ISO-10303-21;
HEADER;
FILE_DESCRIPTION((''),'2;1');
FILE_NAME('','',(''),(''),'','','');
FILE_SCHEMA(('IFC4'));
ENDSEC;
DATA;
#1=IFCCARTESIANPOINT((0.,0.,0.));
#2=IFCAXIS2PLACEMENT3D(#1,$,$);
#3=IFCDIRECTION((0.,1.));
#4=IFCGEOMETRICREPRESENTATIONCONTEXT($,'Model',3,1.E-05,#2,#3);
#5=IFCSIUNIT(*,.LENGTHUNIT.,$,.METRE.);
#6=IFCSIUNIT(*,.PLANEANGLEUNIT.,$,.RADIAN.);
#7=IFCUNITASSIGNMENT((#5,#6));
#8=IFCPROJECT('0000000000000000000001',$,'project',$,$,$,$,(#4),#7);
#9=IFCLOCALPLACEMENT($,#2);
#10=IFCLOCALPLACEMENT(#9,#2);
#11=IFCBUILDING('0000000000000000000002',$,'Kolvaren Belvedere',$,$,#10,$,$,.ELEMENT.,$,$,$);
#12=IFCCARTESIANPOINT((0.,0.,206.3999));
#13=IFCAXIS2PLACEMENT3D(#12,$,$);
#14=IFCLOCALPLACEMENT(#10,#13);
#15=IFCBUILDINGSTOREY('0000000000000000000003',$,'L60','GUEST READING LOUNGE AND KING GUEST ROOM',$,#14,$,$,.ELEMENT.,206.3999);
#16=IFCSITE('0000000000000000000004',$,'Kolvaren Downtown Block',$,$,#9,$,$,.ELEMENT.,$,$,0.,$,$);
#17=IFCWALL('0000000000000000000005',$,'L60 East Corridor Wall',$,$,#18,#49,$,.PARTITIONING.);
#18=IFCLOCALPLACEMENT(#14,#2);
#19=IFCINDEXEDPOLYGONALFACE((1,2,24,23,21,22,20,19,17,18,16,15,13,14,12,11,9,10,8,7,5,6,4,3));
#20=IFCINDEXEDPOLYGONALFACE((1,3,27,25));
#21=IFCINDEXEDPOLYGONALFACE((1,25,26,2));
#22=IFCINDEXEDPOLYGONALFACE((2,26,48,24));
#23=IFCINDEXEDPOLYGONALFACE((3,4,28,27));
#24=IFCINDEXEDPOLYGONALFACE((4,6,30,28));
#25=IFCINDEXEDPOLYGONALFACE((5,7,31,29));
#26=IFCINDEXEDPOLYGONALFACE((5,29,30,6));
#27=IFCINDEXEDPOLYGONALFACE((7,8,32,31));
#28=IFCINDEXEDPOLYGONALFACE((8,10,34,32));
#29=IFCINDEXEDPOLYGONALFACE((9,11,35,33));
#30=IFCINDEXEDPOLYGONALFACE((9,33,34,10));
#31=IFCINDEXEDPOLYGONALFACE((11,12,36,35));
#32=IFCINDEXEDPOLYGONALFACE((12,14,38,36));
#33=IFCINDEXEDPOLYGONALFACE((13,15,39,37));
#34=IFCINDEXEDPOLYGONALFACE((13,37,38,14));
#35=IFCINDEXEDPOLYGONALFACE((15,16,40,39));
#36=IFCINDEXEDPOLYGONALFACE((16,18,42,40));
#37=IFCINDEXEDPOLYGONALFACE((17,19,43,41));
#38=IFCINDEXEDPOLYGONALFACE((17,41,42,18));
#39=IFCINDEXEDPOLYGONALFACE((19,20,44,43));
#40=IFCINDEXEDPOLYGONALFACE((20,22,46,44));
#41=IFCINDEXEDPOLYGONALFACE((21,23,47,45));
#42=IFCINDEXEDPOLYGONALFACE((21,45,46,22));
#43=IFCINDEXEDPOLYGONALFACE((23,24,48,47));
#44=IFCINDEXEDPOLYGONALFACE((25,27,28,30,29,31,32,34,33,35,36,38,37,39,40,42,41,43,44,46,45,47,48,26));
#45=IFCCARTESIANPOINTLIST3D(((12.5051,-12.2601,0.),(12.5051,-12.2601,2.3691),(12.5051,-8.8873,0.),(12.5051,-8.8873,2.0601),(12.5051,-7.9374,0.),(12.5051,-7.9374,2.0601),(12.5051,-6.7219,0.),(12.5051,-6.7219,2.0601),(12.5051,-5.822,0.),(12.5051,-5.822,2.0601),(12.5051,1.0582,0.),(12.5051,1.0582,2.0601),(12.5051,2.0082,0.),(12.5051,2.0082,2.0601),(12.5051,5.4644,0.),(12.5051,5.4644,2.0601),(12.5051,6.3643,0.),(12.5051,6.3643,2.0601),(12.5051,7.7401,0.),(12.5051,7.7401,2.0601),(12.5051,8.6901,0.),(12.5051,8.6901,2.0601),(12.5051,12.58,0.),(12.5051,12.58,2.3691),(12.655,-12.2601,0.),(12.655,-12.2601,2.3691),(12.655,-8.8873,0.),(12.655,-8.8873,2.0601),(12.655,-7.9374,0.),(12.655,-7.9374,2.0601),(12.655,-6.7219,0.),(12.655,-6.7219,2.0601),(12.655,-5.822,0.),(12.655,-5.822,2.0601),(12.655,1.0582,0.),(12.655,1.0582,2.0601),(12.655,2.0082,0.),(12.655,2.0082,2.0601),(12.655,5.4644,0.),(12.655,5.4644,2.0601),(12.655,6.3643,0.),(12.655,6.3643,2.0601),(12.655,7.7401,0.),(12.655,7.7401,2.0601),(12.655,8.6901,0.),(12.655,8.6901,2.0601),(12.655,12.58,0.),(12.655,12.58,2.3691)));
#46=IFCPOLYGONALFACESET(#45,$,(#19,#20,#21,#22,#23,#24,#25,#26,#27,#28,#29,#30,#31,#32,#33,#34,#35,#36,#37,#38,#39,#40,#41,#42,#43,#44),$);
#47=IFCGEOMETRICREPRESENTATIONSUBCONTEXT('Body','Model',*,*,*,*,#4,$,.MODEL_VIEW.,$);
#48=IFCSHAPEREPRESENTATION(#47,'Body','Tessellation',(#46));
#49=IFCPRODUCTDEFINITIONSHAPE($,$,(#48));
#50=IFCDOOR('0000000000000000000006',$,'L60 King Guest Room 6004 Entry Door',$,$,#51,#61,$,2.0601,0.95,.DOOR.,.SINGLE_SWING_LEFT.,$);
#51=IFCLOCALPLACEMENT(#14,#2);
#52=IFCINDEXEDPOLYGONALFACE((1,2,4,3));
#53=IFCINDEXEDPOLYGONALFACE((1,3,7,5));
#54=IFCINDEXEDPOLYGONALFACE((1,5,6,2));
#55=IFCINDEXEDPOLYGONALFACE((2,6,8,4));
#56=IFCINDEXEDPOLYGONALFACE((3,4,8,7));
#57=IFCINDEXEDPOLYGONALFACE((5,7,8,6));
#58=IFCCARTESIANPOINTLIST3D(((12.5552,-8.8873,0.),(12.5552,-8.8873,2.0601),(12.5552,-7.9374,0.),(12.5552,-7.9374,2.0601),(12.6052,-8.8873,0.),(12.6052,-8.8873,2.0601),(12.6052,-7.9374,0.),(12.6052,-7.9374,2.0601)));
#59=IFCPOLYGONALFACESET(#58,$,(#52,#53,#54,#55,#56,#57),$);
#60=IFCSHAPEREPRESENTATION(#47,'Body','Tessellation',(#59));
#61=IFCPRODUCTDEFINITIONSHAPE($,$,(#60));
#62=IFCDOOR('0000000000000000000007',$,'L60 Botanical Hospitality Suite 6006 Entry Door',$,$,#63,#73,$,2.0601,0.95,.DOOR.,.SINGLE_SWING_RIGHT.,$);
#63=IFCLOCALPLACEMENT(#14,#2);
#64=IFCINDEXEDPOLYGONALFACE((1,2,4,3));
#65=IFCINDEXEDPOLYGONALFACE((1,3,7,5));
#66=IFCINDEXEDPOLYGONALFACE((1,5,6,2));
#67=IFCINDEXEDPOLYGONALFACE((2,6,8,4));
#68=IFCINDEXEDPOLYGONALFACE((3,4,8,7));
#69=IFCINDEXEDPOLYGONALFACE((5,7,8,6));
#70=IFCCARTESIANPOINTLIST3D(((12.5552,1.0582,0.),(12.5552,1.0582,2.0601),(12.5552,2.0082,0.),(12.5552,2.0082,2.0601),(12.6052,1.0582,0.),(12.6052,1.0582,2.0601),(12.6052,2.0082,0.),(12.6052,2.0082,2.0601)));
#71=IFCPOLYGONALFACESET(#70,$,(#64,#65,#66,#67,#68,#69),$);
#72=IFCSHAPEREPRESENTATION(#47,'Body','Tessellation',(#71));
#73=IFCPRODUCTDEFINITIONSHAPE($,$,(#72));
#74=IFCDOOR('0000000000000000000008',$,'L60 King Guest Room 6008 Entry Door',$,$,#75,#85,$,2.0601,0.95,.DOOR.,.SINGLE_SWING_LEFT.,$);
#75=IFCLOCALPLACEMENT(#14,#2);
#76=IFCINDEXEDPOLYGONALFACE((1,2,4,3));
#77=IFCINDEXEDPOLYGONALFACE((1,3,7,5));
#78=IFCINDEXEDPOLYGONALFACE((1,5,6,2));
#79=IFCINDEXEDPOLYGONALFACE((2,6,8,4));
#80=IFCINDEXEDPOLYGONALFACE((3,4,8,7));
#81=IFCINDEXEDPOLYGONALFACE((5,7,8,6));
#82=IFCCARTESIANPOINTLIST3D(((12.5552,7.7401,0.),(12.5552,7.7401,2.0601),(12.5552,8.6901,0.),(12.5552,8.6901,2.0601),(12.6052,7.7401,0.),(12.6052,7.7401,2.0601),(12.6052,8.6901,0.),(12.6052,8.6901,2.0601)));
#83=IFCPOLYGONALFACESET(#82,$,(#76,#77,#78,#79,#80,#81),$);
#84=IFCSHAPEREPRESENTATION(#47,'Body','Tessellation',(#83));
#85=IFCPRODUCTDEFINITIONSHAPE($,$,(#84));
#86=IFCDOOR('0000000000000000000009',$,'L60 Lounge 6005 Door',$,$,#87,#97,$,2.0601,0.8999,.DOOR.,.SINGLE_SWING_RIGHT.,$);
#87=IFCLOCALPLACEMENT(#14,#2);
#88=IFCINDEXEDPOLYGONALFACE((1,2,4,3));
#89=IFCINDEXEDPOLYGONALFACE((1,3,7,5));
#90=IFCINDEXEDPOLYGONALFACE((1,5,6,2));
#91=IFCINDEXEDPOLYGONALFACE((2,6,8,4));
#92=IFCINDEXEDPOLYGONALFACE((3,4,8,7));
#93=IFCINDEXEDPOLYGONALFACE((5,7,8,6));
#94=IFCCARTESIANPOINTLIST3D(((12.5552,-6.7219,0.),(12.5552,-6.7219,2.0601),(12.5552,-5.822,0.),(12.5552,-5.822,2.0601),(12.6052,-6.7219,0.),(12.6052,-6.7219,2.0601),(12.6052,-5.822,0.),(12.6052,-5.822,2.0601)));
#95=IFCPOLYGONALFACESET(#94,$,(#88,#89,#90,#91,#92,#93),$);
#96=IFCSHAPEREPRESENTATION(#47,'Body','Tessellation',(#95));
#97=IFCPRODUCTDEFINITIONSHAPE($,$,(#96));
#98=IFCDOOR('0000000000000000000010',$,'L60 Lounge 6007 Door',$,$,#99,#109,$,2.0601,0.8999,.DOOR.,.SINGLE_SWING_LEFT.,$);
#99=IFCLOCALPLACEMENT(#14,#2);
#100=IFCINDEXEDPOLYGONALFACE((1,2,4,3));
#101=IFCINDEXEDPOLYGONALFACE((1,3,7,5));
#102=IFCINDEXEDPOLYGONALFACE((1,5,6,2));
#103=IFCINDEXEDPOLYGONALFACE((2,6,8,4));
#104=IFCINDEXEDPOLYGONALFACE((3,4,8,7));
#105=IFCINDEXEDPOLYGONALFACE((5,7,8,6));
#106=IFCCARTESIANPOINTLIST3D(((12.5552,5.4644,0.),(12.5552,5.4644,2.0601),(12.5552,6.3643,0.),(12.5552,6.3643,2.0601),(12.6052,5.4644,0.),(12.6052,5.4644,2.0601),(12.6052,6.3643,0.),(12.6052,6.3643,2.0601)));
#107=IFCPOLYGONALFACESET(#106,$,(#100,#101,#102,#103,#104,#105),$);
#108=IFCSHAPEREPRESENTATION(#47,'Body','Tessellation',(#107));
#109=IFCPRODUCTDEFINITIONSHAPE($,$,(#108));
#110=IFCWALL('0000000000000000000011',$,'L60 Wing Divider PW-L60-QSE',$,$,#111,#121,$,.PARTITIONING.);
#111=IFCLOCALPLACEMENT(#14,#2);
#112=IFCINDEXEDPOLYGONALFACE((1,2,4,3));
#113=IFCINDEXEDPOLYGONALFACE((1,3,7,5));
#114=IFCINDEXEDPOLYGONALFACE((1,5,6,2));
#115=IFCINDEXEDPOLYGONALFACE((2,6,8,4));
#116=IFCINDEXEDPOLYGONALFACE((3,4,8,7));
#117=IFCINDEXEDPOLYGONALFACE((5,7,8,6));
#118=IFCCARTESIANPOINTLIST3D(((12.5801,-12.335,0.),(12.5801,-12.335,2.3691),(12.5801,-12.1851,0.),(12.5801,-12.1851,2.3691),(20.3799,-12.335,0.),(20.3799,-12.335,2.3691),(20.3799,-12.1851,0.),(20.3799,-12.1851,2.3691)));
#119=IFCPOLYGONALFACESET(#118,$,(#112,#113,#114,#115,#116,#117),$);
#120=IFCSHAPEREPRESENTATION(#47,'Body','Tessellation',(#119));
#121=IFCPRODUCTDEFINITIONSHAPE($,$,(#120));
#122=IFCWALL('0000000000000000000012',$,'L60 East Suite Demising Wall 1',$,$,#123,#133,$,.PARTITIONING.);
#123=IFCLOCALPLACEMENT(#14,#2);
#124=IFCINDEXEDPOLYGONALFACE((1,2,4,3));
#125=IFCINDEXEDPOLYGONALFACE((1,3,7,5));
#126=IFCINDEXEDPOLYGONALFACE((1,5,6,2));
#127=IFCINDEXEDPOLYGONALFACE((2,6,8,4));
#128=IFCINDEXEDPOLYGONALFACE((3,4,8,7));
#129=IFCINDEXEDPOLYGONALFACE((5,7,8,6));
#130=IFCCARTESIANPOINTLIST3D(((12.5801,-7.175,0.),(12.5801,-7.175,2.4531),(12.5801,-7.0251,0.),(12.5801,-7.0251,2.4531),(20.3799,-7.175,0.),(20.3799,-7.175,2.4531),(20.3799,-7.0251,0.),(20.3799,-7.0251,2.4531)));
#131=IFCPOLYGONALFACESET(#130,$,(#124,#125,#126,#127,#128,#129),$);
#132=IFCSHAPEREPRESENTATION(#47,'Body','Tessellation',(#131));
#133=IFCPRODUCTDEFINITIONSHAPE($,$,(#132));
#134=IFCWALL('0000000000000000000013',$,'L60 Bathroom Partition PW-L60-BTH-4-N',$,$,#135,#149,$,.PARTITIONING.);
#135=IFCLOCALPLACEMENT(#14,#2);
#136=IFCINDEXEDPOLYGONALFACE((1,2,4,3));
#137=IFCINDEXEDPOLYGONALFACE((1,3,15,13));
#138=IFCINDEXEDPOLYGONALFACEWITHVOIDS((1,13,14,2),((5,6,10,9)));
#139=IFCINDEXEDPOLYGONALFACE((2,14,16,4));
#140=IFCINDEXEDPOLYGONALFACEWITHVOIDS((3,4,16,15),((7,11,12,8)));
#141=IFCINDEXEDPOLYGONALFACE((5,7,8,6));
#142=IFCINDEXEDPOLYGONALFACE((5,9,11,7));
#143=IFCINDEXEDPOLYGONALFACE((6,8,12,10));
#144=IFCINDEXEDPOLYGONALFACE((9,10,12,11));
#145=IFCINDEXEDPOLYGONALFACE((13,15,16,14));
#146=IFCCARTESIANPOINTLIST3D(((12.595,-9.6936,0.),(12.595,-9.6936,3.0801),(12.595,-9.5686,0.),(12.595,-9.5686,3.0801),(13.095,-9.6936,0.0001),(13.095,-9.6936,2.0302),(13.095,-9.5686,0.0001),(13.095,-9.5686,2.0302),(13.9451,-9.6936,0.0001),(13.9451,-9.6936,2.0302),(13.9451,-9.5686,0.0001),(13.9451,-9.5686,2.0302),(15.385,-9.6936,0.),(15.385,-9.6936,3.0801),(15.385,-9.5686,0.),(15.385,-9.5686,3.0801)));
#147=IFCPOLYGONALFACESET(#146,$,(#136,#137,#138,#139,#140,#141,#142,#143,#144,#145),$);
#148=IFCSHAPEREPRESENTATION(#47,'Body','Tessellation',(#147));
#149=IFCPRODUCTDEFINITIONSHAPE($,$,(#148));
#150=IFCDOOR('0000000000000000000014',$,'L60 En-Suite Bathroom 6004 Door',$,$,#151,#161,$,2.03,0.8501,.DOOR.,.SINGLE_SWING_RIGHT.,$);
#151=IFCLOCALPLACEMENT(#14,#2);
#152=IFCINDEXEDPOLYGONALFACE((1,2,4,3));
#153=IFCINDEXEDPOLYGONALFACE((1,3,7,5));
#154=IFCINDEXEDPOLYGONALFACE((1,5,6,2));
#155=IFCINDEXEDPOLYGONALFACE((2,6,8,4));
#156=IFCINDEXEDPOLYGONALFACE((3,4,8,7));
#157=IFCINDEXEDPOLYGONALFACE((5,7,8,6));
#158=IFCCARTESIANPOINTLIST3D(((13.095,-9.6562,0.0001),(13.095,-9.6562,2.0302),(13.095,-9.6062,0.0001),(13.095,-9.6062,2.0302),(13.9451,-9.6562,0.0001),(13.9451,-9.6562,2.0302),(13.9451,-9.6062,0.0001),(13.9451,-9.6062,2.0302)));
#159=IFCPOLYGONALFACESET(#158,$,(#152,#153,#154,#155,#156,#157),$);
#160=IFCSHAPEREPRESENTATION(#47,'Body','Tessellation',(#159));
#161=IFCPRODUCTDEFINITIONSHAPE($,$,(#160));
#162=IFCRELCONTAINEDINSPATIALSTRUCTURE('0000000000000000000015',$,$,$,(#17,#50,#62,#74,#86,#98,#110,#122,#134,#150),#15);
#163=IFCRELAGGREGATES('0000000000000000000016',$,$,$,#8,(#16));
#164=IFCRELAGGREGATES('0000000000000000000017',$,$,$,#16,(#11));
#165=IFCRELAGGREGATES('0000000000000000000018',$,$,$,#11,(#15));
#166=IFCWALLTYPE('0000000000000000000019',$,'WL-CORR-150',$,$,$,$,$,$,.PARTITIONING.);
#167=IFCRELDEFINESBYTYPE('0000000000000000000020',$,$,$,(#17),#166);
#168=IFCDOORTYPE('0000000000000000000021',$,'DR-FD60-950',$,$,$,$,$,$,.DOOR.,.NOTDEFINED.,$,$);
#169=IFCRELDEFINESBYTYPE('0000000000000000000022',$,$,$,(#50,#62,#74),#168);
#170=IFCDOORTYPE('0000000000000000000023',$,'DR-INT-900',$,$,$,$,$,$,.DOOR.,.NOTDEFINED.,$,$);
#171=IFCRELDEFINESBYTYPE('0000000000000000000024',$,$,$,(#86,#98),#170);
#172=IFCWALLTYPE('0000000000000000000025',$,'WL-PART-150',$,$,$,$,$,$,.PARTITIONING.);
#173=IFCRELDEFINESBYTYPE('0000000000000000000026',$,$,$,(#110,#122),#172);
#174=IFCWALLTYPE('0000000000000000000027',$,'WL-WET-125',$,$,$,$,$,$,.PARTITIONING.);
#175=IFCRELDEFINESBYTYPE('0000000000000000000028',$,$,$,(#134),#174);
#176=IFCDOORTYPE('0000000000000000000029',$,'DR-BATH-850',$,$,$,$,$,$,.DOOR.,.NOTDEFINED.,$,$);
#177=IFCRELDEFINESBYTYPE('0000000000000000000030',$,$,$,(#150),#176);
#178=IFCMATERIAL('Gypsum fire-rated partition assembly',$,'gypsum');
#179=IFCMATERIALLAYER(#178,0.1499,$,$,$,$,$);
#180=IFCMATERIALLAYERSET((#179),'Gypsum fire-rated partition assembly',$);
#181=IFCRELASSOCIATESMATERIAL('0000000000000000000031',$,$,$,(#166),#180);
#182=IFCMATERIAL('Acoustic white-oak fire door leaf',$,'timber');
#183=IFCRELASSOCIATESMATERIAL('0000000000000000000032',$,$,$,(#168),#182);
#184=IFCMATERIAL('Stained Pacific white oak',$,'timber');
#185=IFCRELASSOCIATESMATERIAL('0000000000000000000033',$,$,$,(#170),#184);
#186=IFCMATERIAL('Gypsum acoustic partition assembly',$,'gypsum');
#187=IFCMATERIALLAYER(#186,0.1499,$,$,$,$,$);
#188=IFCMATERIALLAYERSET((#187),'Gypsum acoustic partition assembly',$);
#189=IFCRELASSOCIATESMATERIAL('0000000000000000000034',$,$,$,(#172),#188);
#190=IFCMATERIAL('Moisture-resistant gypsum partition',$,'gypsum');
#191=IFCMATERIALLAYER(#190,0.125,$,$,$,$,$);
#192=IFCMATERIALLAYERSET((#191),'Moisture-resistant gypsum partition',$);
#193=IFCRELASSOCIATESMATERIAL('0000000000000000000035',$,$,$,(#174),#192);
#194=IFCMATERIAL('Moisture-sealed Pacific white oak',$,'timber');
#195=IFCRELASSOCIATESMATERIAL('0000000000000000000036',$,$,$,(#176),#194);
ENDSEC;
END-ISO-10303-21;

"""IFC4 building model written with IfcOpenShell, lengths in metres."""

from ifc_helpers import new_model, si_unit, direction, frame, frame_2d, origin, place, context, subcontext, project, spatial, rectangle, extrude, material, layer, layer_set, type_object, element, fill, save


model = new_model("IFC4")

# Units and contexts
model_context = context("Model", 3, precision=1e-05, world=origin(), true_north=direction((0.0, 1.0)))
body_context = subcontext(model_context, "Body", "Model", "MODEL_VIEW")
ifc_project = project(units=[si_unit("LENGTHUNIT", "METRE"), si_unit("PLANEANGLEUNIT", "RADIAN")], contexts=[model_context])

# Site, building, storey
site_placement = place(None, origin())
site = spatial("IfcSite", under=ifc_project, at=site_placement, Name="Kolvaren Downtown Block", CompositionType="ELEMENT", RefElevation=0.0)
building_placement = place(site_placement, origin())
building = spatial("IfcBuilding", under=site, at=building_placement, Name="Kolvaren Belvedere", CompositionType="ELEMENT")
storey_placement = place(building_placement, frame((0.0, 0.0, 206.3999)))
storey = spatial("IfcBuildingStorey", under=building, at=storey_placement, Name="L60", Description="GUEST READING LOUNGE AND KING GUEST ROOM", CompositionType="ELEMENT", Elevation=206.3999)

# Wall, openings, doors
ifc_material_1 = material(Name="Gypsum fire-rated partition assembly", Category="gypsum")
ifc_layer_1 = layer(ifc_material_1, 0.1499)
ifc_layer_set_1 = layer_set([ifc_layer_1], Name="Gypsum fire-rated partition assembly")
wall_type_1 = type_object("IfcWallType", Name="WL-CORR-150", PredefinedType="PARTITIONING", material=ifc_layer_set_1)
wall_1_placement = place(storey_placement, frame((12.5801, -12.26, 0.0), z_axis=(0.0, 0.0, 1.0), x_axis=(0.0, 1.0, 0.0)))
wall_1 = element("IfcWall", 1, at=wall_1_placement, inside=storey, type_object=wall_type_1, Name="L60 East Corridor Wall", PredefinedType="PARTITIONING", context=body_context, shape_type="SweptSolid", body=[
    extrude(rectangle(XDim=24.8401, YDim=0.1499, at=frame_2d((12.4199, 0.0))), origin(), (0.0, 0.0, 1.0), 2.3691),
])
opening_1_placement = place(wall_1_placement, frame((3.3726, 0.0, 0.0)))
opening_1 = element("IfcOpeningElement", 2, at=opening_1_placement, cuts=wall_1, PredefinedType="OPENING", context=body_context, shape_type="SweptSolid", body=[
    extrude(rectangle(XDim=0.95, YDim=2.0601, at=frame_2d((0.4751, 1.03))), frame((0.0, 0.085, 0.0), z_axis=(0.0, -1.0, 0.0), x_axis=(1.0, 0.0, 0.0)), (0.0, 0.0, 1.0), 0.1699),
])
opening_2_placement = place(wall_1_placement, frame((5.5381, 0.0, 0.0)))
opening_2 = element("IfcOpeningElement", 3, at=opening_2_placement, cuts=wall_1, PredefinedType="OPENING", context=body_context, shape_type="SweptSolid", body=[
    extrude(rectangle(XDim=0.8999, YDim=2.0601, at=frame_2d((0.45, 1.03))), frame((0.0, 0.085, 0.0), z_axis=(0.0, -1.0, 0.0), x_axis=(1.0, 0.0, 0.0)), (0.0, 0.0, 1.0), 0.1699),
])
opening_3_placement = place(wall_1_placement, frame((13.3181, 0.0, 0.0)))
opening_3 = element("IfcOpeningElement", 4, at=opening_3_placement, cuts=wall_1, PredefinedType="OPENING", context=body_context, shape_type="SweptSolid", body=[
    extrude(rectangle(XDim=0.95, YDim=2.0601, at=frame_2d((0.4751, 1.03))), frame((0.0, 0.085, 0.0), z_axis=(0.0, -1.0, 0.0), x_axis=(1.0, 0.0, 0.0)), (0.0, 0.0, 1.0), 0.1699),
])
opening_4_placement = place(wall_1_placement, frame((17.7244, 0.0, 0.0)))
opening_4 = element("IfcOpeningElement", 5, at=opening_4_placement, cuts=wall_1, PredefinedType="OPENING", context=body_context, shape_type="SweptSolid", body=[
    extrude(rectangle(XDim=0.8999, YDim=2.0601, at=frame_2d((0.45, 1.03))), frame((0.0, 0.085, 0.0), z_axis=(0.0, -1.0, 0.0), x_axis=(1.0, 0.0, 0.0)), (0.0, 0.0, 1.0), 0.1699),
])
opening_5_placement = place(wall_1_placement, frame((20.0, 0.0, 0.0)))
opening_5 = element("IfcOpeningElement", 6, at=opening_5_placement, cuts=wall_1, PredefinedType="OPENING", context=body_context, shape_type="SweptSolid", body=[
    extrude(rectangle(XDim=0.95, YDim=2.0601, at=frame_2d((0.4751, 1.03))), frame((0.0, 0.085, 0.0), z_axis=(0.0, -1.0, 0.0), x_axis=(1.0, 0.0, 0.0)), (0.0, 0.0, 1.0), 0.1699),
])
ifc_material_2 = material(Name="Acoustic white-oak fire door leaf", Category="timber")
door_type_1 = type_object("IfcDoorType", Name="DR-FD60-950", OperationType="NOTDEFINED", PredefinedType="DOOR", material=ifc_material_2)
door_1_placement = place(opening_1_placement, origin())
door_1 = element("IfcDoor", 7, at=door_1_placement, inside=storey, type_object=door_type_1, Name="L60 King Guest Room 6004 Entry Door", OperationType="SINGLE_SWING_LEFT", OverallHeight=2.0601, OverallWidth=0.95, PredefinedType="DOOR", context=body_context, shape_type="SweptSolid", body=[
    extrude(rectangle(XDim=0.95, YDim=2.0601, at=frame_2d((0.4751, 1.03))), frame((0.0, 0.0249, 0.0), z_axis=(0.0, -1.0, 0.0), x_axis=(1.0, 0.0, 0.0)), (0.0, 0.0, 1.0), 0.05),
])
fill(opening_1, door_1)
door_2_placement = place(opening_3_placement, origin())
door_2 = element("IfcDoor", 8, at=door_2_placement, inside=storey, type_object=door_type_1, Name="L60 Botanical Hospitality Suite 6006 Entry Door", OperationType="SINGLE_SWING_RIGHT", OverallHeight=2.0601, OverallWidth=0.95, PredefinedType="DOOR", context=body_context, shape_type="SweptSolid", body=[
    extrude(rectangle(XDim=0.95, YDim=2.0601, at=frame_2d((0.4751, 1.03))), frame((0.0, 0.0249, 0.0), z_axis=(0.0, -1.0, 0.0), x_axis=(1.0, 0.0, 0.0)), (0.0, 0.0, 1.0), 0.05),
])
fill(opening_3, door_2)
door_3_placement = place(opening_5_placement, origin())
door_3 = element("IfcDoor", 9, at=door_3_placement, inside=storey, type_object=door_type_1, Name="L60 King Guest Room 6008 Entry Door", OperationType="SINGLE_SWING_LEFT", OverallHeight=2.0601, OverallWidth=0.95, PredefinedType="DOOR", context=body_context, shape_type="SweptSolid", body=[
    extrude(rectangle(XDim=0.95, YDim=2.0601, at=frame_2d((0.4751, 1.03))), frame((0.0, 0.0249, 0.0), z_axis=(0.0, -1.0, 0.0), x_axis=(1.0, 0.0, 0.0)), (0.0, 0.0, 1.0), 0.05),
])
fill(opening_5, door_3)
ifc_material_3 = material(Name="Stained Pacific white oak", Category="timber")
door_type_2 = type_object("IfcDoorType", Name="DR-INT-900", OperationType="NOTDEFINED", PredefinedType="DOOR", material=ifc_material_3)
door_4_placement = place(opening_2_placement, origin())
door_4 = element("IfcDoor", 10, at=door_4_placement, inside=storey, type_object=door_type_2, Name="L60 Lounge 6005 Door", OperationType="SINGLE_SWING_RIGHT", OverallHeight=2.0601, OverallWidth=0.8999, PredefinedType="DOOR", context=body_context, shape_type="SweptSolid", body=[
    extrude(rectangle(XDim=0.8999, YDim=2.0601, at=frame_2d((0.45, 1.03))), frame((0.0, 0.0249, 0.0), z_axis=(0.0, -1.0, 0.0), x_axis=(1.0, 0.0, 0.0)), (0.0, 0.0, 1.0), 0.05),
])
fill(opening_2, door_4)
door_5_placement = place(opening_4_placement, origin())
door_5 = element("IfcDoor", 11, at=door_5_placement, inside=storey, type_object=door_type_2, Name="L60 Lounge 6007 Door", OperationType="SINGLE_SWING_LEFT", OverallHeight=2.0601, OverallWidth=0.8999, PredefinedType="DOOR", context=body_context, shape_type="SweptSolid", body=[
    extrude(rectangle(XDim=0.8999, YDim=2.0601, at=frame_2d((0.45, 1.03))), frame((0.0, 0.0249, 0.0), z_axis=(0.0, -1.0, 0.0), x_axis=(1.0, 0.0, 0.0)), (0.0, 0.0, 1.0), 0.05),
])
fill(opening_4, door_5)

# Walls
ifc_material_4 = material(Name="Gypsum acoustic partition assembly", Category="gypsum")
ifc_layer_2 = layer(ifc_material_4, 0.1499)
ifc_layer_set_2 = layer_set([ifc_layer_2], Name="Gypsum acoustic partition assembly")
wall_type_2 = type_object("IfcWallType", Name="WL-PART-150", PredefinedType="PARTITIONING", material=ifc_layer_set_2)
wall_2_placement = place(storey_placement, frame((12.5801, -12.26, 0.0), z_axis=(0.0, 0.0, 1.0), x_axis=(1.0, 0.0, 0.0)))
element("IfcWall", 12, at=wall_2_placement, inside=storey, type_object=wall_type_2, Name="L60 Wing Divider PW-L60-QSE", PredefinedType="PARTITIONING", context=body_context, shape_type="SweptSolid", body=[
    extrude(rectangle(XDim=7.7998, YDim=0.1499, at=frame_2d((3.8999, 0.0))), origin(), (0.0, 0.0, 1.0), 2.3691),
])
wall_3_placement = place(storey_placement, frame((12.5801, -7.1001, 0.0), z_axis=(0.0, 0.0, 1.0), x_axis=(1.0, 0.0, 0.0)))
element("IfcWall", 13, at=wall_3_placement, inside=storey, type_object=wall_type_2, Name="L60 East Suite Demising Wall 1", PredefinedType="PARTITIONING", context=body_context, shape_type="SweptSolid", body=[
    extrude(rectangle(XDim=7.7998, YDim=0.1499, at=frame_2d((3.8999, 0.0))), origin(), (0.0, 0.0, 1.0), 2.4531),
])

# Wall, opening, door
ifc_material_5 = material(Name="Moisture-resistant gypsum partition", Category="gypsum")
ifc_layer_3 = layer(ifc_material_5, 0.125)
ifc_layer_set_3 = layer_set([ifc_layer_3], Name="Moisture-resistant gypsum partition")
wall_type_3 = type_object("IfcWallType", Name="WL-WET-125", PredefinedType="PARTITIONING", material=ifc_layer_set_3)
wall_4_placement = place(storey_placement, frame((12.595, -9.6311, 0.0), z_axis=(0.0, 0.0, 1.0), x_axis=(1.0, 0.0, 0.0)))
wall_4 = element("IfcWall", 14, at=wall_4_placement, inside=storey, type_object=wall_type_3, Name="L60 Bathroom Partition PW-L60-BTH-4-N", PredefinedType="PARTITIONING", context=body_context, shape_type="SweptSolid", body=[
    extrude(rectangle(XDim=2.79, YDim=0.125, at=frame_2d((1.395, 0.0))), origin(), (0.0, 0.0, 1.0), 3.0801),
])
opening_6_placement = place(wall_4_placement, frame((0.5, 0.0, 0.0)))
opening_6 = element("IfcOpeningElement", 15, at=opening_6_placement, cuts=wall_4, PredefinedType="OPENING", context=body_context, shape_type="SweptSolid", body=[
    extrude(rectangle(XDim=0.8501, YDim=2.03, at=frame_2d((0.425, 1.0151))), frame((0.0, 0.0725, 0.0), z_axis=(0.0, -1.0, 0.0), x_axis=(1.0, 0.0, 0.0)), (0.0, 0.0, 1.0), 0.145),
])
ifc_material_6 = material(Name="Moisture-sealed Pacific white oak", Category="timber")
door_type_3 = type_object("IfcDoorType", Name="DR-BATH-850", OperationType="NOTDEFINED", PredefinedType="DOOR", material=ifc_material_6)
door_6_placement = place(opening_6_placement, origin())
door_6 = element("IfcDoor", 16, at=door_6_placement, inside=storey, type_object=door_type_3, Name="L60 En-Suite Bathroom 6004 Door", OperationType="SINGLE_SWING_RIGHT", OverallHeight=2.03, OverallWidth=0.8501, PredefinedType="DOOR", context=body_context, shape_type="SweptSolid", body=[
    extrude(rectangle(XDim=0.8501, YDim=2.03, at=frame_2d((0.425, 1.0151))), frame((0.0, 0.0249, 0.0), z_axis=(0.0, -1.0, 0.0), x_axis=(1.0, 0.0, 0.0)), (0.0, 0.0, 1.0), 0.05),
])
fill(opening_6, door_6)

save(model, "model.ifc")
